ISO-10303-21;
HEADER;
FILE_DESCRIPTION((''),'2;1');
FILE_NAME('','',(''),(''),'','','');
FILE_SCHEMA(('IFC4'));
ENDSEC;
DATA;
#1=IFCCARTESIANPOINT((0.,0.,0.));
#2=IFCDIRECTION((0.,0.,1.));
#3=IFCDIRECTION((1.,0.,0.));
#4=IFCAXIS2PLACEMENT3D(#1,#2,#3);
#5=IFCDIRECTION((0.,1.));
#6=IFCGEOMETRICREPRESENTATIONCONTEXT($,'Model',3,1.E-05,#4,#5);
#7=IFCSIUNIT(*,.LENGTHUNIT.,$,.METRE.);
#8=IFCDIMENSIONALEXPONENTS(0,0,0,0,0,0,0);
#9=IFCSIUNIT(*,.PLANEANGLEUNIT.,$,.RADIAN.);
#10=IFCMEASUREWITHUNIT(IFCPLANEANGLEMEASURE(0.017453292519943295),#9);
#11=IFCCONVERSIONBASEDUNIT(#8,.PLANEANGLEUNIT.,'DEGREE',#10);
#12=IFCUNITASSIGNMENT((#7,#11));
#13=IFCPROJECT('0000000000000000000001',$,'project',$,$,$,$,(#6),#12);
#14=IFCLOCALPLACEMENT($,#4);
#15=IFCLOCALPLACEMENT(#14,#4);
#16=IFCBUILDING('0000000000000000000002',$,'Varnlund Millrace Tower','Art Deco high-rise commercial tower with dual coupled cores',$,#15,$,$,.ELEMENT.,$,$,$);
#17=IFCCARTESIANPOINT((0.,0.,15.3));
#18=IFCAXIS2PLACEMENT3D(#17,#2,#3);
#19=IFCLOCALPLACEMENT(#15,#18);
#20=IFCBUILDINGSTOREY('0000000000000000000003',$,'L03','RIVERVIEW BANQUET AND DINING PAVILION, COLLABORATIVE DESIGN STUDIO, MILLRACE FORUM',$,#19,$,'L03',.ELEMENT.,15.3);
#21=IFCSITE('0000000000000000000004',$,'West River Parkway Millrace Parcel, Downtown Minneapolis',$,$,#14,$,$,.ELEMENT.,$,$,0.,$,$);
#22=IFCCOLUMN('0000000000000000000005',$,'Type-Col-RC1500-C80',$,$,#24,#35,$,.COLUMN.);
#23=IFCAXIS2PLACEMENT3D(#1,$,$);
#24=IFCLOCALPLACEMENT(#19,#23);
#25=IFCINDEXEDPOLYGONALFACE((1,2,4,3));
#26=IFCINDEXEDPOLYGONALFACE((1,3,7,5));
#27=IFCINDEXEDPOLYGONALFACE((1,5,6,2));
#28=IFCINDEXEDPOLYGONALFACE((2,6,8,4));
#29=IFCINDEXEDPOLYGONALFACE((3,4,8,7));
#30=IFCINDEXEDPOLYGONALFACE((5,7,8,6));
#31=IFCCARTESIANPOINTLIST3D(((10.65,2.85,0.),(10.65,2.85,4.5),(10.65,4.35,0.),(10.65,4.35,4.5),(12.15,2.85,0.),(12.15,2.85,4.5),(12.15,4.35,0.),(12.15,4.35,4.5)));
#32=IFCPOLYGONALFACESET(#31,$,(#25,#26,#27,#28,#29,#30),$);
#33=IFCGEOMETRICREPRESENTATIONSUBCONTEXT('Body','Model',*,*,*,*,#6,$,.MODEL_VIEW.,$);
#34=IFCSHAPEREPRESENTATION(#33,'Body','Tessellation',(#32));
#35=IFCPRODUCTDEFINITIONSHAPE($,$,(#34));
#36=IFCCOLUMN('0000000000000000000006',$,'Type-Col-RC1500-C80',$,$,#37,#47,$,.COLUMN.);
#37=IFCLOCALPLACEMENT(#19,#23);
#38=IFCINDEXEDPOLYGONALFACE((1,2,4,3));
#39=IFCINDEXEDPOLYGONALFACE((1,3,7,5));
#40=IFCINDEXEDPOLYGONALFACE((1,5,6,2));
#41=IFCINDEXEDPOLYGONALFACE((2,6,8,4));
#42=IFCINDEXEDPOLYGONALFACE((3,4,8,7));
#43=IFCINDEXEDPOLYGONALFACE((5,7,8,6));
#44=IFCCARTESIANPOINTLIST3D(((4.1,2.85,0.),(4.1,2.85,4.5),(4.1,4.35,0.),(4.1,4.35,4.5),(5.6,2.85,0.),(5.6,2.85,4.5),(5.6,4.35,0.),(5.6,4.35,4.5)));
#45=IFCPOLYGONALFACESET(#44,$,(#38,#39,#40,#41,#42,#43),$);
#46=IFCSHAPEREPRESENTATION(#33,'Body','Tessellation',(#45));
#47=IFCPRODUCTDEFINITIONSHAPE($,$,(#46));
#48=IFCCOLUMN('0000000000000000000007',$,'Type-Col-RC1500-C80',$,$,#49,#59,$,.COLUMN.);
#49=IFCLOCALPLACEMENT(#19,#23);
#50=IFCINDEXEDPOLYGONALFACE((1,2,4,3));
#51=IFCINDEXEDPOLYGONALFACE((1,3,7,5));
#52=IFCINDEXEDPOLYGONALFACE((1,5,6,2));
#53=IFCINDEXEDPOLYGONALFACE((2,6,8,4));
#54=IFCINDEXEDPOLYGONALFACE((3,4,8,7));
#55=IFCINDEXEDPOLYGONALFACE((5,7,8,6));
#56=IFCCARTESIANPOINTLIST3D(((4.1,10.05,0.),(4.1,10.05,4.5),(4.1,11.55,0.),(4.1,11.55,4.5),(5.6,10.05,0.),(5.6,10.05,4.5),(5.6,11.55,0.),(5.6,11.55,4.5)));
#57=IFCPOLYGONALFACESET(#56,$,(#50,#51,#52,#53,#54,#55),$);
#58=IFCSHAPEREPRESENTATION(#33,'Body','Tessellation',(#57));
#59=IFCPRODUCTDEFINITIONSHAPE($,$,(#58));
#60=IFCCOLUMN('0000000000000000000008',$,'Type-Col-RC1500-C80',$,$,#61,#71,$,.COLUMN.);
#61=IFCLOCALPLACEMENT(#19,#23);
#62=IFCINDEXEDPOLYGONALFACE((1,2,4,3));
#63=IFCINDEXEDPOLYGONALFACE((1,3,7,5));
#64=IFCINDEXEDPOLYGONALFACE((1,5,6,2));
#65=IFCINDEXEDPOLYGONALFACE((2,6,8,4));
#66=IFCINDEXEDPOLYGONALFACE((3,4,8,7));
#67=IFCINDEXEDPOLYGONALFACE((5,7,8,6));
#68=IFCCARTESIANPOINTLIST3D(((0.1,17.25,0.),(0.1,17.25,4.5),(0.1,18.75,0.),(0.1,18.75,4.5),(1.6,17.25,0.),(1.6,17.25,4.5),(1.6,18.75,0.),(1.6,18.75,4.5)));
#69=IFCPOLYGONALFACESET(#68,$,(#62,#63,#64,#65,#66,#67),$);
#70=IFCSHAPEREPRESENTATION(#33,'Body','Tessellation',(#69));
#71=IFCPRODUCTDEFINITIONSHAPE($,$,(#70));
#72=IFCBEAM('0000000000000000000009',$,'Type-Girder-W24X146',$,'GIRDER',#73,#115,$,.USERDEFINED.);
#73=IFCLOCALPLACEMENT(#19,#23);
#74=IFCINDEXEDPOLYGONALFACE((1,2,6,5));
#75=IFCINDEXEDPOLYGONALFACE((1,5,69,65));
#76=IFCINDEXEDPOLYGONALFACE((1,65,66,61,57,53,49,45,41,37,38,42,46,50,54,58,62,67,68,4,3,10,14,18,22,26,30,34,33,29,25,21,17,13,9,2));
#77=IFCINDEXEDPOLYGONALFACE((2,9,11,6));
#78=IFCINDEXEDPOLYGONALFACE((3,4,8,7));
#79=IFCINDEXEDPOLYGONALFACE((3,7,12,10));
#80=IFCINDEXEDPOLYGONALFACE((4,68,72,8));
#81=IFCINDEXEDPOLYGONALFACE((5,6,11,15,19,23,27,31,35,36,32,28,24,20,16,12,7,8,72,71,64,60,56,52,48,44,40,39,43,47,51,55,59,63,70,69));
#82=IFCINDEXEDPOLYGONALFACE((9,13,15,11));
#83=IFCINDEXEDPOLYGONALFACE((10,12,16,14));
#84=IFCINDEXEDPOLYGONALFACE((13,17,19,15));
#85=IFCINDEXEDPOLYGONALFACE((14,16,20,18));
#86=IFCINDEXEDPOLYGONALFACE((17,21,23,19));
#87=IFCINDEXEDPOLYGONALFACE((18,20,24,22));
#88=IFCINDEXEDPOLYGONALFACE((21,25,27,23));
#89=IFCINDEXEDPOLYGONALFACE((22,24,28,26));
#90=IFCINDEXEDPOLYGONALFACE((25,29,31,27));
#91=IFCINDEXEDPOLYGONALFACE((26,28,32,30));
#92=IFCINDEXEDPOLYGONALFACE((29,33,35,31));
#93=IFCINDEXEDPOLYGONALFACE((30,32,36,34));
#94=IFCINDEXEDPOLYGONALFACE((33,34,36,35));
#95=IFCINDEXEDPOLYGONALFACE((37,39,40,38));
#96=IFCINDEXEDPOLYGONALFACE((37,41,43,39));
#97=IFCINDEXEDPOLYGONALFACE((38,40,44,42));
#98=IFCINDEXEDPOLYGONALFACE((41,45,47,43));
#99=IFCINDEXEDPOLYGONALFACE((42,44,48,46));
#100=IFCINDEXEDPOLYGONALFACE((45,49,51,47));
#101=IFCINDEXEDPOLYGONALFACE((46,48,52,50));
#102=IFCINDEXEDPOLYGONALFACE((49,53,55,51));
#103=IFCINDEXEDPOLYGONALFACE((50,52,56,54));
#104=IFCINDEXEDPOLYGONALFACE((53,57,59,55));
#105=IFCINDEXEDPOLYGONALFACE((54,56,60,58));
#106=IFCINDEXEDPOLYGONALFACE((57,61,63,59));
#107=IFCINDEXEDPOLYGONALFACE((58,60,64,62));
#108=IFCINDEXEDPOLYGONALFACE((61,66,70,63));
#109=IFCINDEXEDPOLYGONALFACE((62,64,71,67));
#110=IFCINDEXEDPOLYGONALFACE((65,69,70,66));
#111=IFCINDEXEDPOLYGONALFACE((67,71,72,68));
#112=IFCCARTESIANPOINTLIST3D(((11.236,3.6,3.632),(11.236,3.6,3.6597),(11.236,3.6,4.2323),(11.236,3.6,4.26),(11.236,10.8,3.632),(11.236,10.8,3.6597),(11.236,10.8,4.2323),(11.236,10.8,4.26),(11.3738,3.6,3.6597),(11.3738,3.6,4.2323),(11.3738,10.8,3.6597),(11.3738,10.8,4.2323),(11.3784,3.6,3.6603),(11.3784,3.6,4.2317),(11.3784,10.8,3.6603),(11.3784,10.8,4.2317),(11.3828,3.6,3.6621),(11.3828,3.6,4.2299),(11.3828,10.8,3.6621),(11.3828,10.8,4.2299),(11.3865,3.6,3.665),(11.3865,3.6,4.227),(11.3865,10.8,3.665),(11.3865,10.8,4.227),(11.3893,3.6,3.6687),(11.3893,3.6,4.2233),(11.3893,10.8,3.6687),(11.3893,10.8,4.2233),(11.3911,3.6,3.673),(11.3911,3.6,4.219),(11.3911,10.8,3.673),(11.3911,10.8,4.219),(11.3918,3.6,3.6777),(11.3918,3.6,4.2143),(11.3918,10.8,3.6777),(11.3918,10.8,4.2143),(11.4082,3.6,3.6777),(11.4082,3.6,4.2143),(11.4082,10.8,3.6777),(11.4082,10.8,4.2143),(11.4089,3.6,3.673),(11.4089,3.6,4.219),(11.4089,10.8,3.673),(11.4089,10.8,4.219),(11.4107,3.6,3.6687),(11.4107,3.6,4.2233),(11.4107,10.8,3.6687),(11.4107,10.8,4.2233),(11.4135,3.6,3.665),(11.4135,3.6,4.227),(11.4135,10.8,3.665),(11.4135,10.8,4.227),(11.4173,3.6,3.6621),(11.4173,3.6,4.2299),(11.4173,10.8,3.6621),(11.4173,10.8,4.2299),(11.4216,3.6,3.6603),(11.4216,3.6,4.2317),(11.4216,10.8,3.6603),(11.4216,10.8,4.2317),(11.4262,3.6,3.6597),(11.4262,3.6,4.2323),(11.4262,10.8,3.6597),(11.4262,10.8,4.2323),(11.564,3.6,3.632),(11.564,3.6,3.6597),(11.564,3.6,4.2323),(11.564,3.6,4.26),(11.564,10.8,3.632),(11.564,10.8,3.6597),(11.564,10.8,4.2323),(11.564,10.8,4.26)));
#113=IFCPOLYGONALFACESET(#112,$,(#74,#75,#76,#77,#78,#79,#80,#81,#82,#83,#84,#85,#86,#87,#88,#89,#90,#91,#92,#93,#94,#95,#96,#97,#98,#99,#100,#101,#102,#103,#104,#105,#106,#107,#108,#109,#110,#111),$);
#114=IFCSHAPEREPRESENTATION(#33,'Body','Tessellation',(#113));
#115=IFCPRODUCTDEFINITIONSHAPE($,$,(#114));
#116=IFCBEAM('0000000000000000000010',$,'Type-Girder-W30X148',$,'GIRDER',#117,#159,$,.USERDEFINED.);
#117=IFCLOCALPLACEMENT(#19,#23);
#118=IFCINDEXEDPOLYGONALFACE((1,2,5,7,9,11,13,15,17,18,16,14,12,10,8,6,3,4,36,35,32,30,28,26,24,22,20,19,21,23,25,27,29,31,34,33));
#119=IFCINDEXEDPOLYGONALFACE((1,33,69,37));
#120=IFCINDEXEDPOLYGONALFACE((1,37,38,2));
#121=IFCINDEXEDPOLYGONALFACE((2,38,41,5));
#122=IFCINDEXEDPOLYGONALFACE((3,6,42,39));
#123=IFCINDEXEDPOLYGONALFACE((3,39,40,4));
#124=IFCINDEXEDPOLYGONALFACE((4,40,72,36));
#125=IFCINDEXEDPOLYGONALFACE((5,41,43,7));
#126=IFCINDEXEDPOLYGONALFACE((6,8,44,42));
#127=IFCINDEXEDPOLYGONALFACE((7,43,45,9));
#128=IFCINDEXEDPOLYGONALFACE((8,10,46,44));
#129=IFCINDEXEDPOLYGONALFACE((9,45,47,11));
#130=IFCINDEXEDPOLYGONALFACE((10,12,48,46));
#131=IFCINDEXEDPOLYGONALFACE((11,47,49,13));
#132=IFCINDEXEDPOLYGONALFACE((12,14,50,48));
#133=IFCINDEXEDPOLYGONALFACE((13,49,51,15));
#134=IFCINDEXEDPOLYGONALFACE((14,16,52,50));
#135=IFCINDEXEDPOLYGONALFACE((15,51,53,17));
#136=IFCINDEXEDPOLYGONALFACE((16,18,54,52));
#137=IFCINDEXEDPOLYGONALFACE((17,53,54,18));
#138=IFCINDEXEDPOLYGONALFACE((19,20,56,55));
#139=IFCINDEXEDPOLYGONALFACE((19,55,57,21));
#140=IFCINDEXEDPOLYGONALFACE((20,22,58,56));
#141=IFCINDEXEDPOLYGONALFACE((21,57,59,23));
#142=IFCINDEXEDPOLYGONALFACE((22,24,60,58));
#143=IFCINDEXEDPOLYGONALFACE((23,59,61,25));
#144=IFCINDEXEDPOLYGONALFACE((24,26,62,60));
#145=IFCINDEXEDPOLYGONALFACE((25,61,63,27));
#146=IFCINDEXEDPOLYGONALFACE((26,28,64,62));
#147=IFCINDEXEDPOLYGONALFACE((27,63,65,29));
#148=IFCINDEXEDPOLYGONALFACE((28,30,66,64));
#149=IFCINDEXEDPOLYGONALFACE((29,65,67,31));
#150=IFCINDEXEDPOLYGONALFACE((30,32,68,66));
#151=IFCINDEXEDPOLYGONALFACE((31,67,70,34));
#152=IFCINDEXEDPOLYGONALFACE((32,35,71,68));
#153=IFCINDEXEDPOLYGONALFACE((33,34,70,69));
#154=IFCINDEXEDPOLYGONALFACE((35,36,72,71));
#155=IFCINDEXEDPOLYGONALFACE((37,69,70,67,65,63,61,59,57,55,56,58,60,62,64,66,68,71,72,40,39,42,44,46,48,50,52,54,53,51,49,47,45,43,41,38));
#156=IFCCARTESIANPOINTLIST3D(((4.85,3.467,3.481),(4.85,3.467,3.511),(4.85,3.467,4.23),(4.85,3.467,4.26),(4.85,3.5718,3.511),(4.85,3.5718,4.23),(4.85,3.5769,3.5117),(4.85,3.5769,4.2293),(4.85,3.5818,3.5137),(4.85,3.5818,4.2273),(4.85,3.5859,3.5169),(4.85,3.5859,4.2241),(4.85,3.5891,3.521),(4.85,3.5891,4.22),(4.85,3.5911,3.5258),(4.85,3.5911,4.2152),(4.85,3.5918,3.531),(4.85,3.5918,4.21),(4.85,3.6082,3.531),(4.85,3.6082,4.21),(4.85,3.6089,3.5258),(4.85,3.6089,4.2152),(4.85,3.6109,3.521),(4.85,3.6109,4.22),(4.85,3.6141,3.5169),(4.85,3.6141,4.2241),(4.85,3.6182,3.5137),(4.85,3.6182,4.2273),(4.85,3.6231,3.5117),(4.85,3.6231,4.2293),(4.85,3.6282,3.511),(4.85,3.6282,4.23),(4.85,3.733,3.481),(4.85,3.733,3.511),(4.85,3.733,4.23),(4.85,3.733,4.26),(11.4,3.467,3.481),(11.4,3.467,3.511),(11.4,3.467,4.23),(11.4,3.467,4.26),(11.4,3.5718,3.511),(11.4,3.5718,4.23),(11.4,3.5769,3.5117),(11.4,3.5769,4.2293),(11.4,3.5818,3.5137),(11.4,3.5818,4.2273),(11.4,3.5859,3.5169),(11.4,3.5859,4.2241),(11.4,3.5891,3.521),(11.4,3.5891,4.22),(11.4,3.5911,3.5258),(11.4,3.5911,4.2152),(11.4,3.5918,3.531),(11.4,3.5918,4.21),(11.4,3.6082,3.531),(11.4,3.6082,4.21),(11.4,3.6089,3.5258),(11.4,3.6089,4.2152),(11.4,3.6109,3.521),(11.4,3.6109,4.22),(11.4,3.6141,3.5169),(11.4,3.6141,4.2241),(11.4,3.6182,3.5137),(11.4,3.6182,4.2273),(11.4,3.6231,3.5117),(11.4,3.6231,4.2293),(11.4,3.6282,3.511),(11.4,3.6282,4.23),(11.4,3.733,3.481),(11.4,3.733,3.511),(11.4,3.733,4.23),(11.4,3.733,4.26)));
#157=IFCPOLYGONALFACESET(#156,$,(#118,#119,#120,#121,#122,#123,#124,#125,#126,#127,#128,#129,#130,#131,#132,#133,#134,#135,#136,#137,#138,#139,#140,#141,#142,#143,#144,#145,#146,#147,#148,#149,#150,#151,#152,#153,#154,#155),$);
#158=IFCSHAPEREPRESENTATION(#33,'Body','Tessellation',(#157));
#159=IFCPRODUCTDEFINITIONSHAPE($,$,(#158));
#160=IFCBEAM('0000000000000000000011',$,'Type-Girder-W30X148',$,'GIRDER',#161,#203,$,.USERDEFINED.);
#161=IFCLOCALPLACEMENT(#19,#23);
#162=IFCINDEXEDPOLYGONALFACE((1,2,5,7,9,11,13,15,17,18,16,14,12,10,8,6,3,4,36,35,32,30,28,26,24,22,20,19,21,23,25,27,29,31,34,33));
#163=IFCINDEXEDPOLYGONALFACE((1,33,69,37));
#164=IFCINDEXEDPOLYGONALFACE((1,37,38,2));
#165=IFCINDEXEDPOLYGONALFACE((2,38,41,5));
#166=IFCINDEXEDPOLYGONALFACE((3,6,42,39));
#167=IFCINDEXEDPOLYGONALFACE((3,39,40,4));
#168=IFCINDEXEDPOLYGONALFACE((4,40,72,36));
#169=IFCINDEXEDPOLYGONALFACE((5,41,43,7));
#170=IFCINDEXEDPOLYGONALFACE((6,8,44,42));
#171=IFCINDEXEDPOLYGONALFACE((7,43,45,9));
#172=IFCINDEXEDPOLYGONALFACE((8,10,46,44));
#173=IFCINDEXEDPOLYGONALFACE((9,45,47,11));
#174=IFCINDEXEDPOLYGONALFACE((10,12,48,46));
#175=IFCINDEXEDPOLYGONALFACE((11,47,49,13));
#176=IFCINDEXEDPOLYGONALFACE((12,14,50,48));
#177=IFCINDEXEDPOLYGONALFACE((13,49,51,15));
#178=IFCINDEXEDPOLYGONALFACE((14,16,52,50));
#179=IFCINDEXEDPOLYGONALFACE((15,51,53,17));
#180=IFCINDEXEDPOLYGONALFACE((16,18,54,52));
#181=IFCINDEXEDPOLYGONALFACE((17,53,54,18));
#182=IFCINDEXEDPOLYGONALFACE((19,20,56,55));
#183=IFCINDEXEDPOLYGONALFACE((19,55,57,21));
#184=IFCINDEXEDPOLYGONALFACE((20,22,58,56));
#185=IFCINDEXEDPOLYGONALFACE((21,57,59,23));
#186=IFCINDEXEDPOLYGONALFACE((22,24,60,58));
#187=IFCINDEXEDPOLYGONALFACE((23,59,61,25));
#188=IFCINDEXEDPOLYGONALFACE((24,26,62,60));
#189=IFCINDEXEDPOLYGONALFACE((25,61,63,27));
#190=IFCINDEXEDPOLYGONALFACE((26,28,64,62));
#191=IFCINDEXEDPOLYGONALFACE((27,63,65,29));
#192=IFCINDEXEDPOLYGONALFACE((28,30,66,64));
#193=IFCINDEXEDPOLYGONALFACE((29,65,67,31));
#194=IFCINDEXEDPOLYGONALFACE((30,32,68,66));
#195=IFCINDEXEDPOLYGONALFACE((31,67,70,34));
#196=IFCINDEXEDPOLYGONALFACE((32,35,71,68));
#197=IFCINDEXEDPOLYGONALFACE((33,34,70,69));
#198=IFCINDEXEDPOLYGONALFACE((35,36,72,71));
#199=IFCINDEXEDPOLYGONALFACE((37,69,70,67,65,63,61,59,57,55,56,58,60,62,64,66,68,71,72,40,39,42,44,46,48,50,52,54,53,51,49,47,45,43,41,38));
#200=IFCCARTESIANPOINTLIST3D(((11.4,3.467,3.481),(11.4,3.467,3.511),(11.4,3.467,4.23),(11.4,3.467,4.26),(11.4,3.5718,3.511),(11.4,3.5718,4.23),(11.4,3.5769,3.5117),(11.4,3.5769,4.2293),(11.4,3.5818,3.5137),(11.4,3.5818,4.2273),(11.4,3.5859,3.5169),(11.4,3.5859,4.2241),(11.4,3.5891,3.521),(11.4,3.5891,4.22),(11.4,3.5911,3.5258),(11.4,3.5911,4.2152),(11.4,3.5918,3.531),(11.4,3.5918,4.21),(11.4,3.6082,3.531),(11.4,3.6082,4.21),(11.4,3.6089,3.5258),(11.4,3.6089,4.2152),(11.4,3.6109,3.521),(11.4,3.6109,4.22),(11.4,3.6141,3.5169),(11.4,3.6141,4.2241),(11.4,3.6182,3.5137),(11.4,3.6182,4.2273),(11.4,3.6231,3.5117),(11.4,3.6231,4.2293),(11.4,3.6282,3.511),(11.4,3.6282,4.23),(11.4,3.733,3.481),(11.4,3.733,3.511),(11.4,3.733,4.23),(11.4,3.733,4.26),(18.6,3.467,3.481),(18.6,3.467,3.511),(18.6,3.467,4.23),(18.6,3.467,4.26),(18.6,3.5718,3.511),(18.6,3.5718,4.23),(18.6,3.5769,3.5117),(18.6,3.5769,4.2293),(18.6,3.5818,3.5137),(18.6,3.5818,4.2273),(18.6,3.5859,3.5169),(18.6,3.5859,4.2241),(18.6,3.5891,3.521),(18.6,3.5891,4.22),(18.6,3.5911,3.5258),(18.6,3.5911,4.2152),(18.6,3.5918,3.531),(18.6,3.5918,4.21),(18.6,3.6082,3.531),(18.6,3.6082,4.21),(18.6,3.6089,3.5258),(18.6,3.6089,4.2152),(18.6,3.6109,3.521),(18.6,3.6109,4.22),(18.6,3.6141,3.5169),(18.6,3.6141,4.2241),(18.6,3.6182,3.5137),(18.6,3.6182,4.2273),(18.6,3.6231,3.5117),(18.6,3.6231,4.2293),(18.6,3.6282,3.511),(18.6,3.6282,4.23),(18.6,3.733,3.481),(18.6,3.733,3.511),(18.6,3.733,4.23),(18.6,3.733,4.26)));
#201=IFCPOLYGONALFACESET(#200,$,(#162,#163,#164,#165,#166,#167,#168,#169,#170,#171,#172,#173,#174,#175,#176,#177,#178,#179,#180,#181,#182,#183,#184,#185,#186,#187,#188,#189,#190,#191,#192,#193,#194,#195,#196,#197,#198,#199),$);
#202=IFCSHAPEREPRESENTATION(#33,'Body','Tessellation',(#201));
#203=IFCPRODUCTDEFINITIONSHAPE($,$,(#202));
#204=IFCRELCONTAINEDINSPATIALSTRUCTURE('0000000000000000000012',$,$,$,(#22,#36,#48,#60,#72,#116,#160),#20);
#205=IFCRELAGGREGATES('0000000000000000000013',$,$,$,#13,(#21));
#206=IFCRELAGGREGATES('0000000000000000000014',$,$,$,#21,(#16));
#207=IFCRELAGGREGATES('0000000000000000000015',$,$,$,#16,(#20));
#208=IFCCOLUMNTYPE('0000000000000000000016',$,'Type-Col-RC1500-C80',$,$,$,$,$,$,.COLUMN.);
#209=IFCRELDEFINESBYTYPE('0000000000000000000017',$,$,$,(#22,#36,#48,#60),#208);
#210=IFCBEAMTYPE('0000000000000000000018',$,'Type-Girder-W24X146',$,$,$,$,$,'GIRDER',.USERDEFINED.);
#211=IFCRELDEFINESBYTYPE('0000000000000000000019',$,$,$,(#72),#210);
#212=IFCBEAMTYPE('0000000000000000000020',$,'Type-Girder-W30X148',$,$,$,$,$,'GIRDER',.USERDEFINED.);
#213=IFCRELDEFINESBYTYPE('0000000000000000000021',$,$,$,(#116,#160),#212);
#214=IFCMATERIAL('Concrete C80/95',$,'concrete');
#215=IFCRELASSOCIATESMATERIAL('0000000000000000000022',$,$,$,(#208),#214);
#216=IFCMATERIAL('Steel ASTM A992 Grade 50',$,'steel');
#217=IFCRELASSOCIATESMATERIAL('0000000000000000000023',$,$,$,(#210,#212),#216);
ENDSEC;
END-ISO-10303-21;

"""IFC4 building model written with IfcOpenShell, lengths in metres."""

from ifc_helpers import new_model, entity, si_unit, converted_unit, direction, frame, origin_with_axes, origin_2d_with_axis, place, context, subcontext, project, spatial, rectangle, i_section, extrude, material, material_profile, profile_set, type_object, element, save


model = new_model("IFC4")

# Units and contexts
model_context = context("Model", 3, precision=1e-05, world=origin_with_axes(), true_north=direction((0.0, 1.0)))
body_context = subcontext(model_context, "Body", "Model", "MODEL_VIEW")
ifc_project = project(units=[si_unit("LENGTHUNIT", "METRE"), converted_unit("PLANEANGLEUNIT", "DEGREE", entity("IfcPlaneAngleMeasure", 0.017453292519943295), si_unit("PLANEANGLEUNIT", "RADIAN"), dimensions=[0, 0, 0, 0, 0, 0, 0])], contexts=[model_context])

# Site, building, storey
site_placement = place(None, origin_with_axes())
site = spatial("IfcSite", under=ifc_project, at=site_placement, Name="West River Parkway Millrace Parcel, Downtown Minneapolis", CompositionType="ELEMENT", RefElevation=0.0)
building_placement = place(site_placement, origin_with_axes())
building = spatial("IfcBuilding", under=site, at=building_placement, Name="Varnlund Millrace Tower", Description="Art Deco high-rise commercial tower with dual coupled cores", CompositionType="ELEMENT")
storey_placement = place(building_placement, frame((0.0, 0.0, 15.3), z_axis=(0.0, 0.0, 1.0), x_axis=(1.0, 0.0, 0.0)))
storey = spatial("IfcBuildingStorey", under=building, at=storey_placement, Name="L03", Description="RIVERVIEW BANQUET AND DINING PAVILION, COLLABORATIVE DESIGN STUDIO, MILLRACE FORUM", LongName="L03", CompositionType="ELEMENT", Elevation=15.3)

# Columns
ifc_material_1 = material(Name="Concrete C80/95", Category="concrete")
ifc_material_profile_1 = material_profile(ifc_material_1, rectangle(XDim=1.5, YDim=1.5, at=origin_2d_with_axis()), Name="Concrete C80/95")
ifc_profile_set_1 = profile_set([ifc_material_profile_1], Name="Concrete C80/95")
column_type = type_object("IfcColumnType", Name="Type-Col-RC1500-C80", PredefinedType="COLUMN", material=ifc_profile_set_1)
for number, where, z_axis, x_axis, name in (
    (1, (11.4, 3.6, 0.0), (0.0, 0.0, 1.0), (1.0, 0.0, 0.0), "Type-Col-RC1500-C80"),
    (2, (4.85, 3.6, 0.0), (0.0, 0.0, 1.0), (1.0, 0.0, 0.0), "Type-Col-RC1500-C80"),
    (3, (4.85, 10.8, 0.0), (0.0, 0.0, 1.0), (1.0, 0.0, 0.0), "Type-Col-RC1500-C80"),
    (4, (0.85, 18.0, 0.0), (0.0, 0.0, 1.0), (1.0, 0.0, 0.0), "Type-Col-RC1500-C80"),
):
    element("IfcColumn", number, at=place(storey_placement, frame(where, z_axis=z_axis, x_axis=x_axis)), inside=storey, type_object=column_type, Name=name, PredefinedType="COLUMN", context=body_context, shape_type="SweptSolid", body=[
        extrude(rectangle(XDim=1.5, YDim=1.5, at=origin_2d_with_axis()), origin_with_axes(), (0.0, 0.0, 1.0), 4.5),
    ])

# Beams
ifc_material_2 = material(Name="Steel ASTM A992 Grade 50", Category="steel")
ifc_material_profile_2 = material_profile(ifc_material_2, i_section(OverallWidth=0.328, OverallDepth=0.628, WebThickness=0.0165, FlangeThickness=0.0277, FilletRadius=0.018, at=origin_2d_with_axis()), Name="Steel ASTM A992 Grade 50")
ifc_profile_set_2 = profile_set([ifc_material_profile_2], Name="Steel ASTM A992 Grade 50")
beam_type_1 = type_object("IfcBeamType", Name="Type-Girder-W24X146", ElementType="GIRDER", PredefinedType="USERDEFINED", material=ifc_profile_set_2)
beam_1_placement = place(storey_placement, frame((11.4, 3.6, 3.946), z_axis=(0.0, 1.0, 0.0), x_axis=(-1.0, 0.0, 0.0)))
element("IfcBeam", 5, at=beam_1_placement, inside=storey, type_object=beam_type_1, Name="Type-Girder-W24X146", ObjectType="GIRDER", PredefinedType="USERDEFINED", context=body_context, shape_type="SweptSolid", body=[
    extrude(i_section(OverallWidth=0.328, OverallDepth=0.628, WebThickness=0.0165, FlangeThickness=0.0277, FilletRadius=0.018, at=origin_2d_with_axis()), origin_with_axes(), (0.0, 0.0, 1.0), 7.2),
])
ifc_material_profile_3 = material_profile(ifc_material_2, i_section(OverallWidth=0.266, OverallDepth=0.779, WebThickness=0.0165, FlangeThickness=0.03, FilletRadius=0.02, at=origin_2d_with_axis()), Name="Steel ASTM A992 Grade 50")
ifc_profile_set_3 = profile_set([ifc_material_profile_3], Name="Steel ASTM A992 Grade 50")
beam_type_2 = type_object("IfcBeamType", Name="Type-Girder-W30X148", ElementType="GIRDER", PredefinedType="USERDEFINED", material=ifc_profile_set_3)
beam_2_placement = place(storey_placement, frame((4.85, 3.6, 3.8705), z_axis=(1.0, 0.0, 0.0), x_axis=(0.0, 1.0, 0.0)))
element("IfcBeam", 6, at=beam_2_placement, inside=storey, type_object=beam_type_2, Name="Type-Girder-W30X148", ObjectType="GIRDER", PredefinedType="USERDEFINED", context=body_context, shape_type="SweptSolid", body=[
    extrude(i_section(OverallWidth=0.266, OverallDepth=0.779, WebThickness=0.0165, FlangeThickness=0.03, FilletRadius=0.02, at=origin_2d_with_axis()), origin_with_axes(), (0.0, 0.0, 1.0), 6.55),
])
beam_3_placement = place(storey_placement, frame((11.4, 3.6, 3.8705), z_axis=(1.0, 0.0, 0.0), x_axis=(0.0, 1.0, 0.0)))
element("IfcBeam", 7, at=beam_3_placement, inside=storey, type_object=beam_type_2, Name="Type-Girder-W30X148", ObjectType="GIRDER", PredefinedType="USERDEFINED", context=body_context, shape_type="SweptSolid", body=[
    extrude(i_section(OverallWidth=0.266, OverallDepth=0.779, WebThickness=0.0165, FlangeThickness=0.03, FilletRadius=0.02, at=origin_2d_with_axis()), origin_with_axes(), (0.0, 0.0, 1.0), 7.2),
])

save(model, "model.ifc")
